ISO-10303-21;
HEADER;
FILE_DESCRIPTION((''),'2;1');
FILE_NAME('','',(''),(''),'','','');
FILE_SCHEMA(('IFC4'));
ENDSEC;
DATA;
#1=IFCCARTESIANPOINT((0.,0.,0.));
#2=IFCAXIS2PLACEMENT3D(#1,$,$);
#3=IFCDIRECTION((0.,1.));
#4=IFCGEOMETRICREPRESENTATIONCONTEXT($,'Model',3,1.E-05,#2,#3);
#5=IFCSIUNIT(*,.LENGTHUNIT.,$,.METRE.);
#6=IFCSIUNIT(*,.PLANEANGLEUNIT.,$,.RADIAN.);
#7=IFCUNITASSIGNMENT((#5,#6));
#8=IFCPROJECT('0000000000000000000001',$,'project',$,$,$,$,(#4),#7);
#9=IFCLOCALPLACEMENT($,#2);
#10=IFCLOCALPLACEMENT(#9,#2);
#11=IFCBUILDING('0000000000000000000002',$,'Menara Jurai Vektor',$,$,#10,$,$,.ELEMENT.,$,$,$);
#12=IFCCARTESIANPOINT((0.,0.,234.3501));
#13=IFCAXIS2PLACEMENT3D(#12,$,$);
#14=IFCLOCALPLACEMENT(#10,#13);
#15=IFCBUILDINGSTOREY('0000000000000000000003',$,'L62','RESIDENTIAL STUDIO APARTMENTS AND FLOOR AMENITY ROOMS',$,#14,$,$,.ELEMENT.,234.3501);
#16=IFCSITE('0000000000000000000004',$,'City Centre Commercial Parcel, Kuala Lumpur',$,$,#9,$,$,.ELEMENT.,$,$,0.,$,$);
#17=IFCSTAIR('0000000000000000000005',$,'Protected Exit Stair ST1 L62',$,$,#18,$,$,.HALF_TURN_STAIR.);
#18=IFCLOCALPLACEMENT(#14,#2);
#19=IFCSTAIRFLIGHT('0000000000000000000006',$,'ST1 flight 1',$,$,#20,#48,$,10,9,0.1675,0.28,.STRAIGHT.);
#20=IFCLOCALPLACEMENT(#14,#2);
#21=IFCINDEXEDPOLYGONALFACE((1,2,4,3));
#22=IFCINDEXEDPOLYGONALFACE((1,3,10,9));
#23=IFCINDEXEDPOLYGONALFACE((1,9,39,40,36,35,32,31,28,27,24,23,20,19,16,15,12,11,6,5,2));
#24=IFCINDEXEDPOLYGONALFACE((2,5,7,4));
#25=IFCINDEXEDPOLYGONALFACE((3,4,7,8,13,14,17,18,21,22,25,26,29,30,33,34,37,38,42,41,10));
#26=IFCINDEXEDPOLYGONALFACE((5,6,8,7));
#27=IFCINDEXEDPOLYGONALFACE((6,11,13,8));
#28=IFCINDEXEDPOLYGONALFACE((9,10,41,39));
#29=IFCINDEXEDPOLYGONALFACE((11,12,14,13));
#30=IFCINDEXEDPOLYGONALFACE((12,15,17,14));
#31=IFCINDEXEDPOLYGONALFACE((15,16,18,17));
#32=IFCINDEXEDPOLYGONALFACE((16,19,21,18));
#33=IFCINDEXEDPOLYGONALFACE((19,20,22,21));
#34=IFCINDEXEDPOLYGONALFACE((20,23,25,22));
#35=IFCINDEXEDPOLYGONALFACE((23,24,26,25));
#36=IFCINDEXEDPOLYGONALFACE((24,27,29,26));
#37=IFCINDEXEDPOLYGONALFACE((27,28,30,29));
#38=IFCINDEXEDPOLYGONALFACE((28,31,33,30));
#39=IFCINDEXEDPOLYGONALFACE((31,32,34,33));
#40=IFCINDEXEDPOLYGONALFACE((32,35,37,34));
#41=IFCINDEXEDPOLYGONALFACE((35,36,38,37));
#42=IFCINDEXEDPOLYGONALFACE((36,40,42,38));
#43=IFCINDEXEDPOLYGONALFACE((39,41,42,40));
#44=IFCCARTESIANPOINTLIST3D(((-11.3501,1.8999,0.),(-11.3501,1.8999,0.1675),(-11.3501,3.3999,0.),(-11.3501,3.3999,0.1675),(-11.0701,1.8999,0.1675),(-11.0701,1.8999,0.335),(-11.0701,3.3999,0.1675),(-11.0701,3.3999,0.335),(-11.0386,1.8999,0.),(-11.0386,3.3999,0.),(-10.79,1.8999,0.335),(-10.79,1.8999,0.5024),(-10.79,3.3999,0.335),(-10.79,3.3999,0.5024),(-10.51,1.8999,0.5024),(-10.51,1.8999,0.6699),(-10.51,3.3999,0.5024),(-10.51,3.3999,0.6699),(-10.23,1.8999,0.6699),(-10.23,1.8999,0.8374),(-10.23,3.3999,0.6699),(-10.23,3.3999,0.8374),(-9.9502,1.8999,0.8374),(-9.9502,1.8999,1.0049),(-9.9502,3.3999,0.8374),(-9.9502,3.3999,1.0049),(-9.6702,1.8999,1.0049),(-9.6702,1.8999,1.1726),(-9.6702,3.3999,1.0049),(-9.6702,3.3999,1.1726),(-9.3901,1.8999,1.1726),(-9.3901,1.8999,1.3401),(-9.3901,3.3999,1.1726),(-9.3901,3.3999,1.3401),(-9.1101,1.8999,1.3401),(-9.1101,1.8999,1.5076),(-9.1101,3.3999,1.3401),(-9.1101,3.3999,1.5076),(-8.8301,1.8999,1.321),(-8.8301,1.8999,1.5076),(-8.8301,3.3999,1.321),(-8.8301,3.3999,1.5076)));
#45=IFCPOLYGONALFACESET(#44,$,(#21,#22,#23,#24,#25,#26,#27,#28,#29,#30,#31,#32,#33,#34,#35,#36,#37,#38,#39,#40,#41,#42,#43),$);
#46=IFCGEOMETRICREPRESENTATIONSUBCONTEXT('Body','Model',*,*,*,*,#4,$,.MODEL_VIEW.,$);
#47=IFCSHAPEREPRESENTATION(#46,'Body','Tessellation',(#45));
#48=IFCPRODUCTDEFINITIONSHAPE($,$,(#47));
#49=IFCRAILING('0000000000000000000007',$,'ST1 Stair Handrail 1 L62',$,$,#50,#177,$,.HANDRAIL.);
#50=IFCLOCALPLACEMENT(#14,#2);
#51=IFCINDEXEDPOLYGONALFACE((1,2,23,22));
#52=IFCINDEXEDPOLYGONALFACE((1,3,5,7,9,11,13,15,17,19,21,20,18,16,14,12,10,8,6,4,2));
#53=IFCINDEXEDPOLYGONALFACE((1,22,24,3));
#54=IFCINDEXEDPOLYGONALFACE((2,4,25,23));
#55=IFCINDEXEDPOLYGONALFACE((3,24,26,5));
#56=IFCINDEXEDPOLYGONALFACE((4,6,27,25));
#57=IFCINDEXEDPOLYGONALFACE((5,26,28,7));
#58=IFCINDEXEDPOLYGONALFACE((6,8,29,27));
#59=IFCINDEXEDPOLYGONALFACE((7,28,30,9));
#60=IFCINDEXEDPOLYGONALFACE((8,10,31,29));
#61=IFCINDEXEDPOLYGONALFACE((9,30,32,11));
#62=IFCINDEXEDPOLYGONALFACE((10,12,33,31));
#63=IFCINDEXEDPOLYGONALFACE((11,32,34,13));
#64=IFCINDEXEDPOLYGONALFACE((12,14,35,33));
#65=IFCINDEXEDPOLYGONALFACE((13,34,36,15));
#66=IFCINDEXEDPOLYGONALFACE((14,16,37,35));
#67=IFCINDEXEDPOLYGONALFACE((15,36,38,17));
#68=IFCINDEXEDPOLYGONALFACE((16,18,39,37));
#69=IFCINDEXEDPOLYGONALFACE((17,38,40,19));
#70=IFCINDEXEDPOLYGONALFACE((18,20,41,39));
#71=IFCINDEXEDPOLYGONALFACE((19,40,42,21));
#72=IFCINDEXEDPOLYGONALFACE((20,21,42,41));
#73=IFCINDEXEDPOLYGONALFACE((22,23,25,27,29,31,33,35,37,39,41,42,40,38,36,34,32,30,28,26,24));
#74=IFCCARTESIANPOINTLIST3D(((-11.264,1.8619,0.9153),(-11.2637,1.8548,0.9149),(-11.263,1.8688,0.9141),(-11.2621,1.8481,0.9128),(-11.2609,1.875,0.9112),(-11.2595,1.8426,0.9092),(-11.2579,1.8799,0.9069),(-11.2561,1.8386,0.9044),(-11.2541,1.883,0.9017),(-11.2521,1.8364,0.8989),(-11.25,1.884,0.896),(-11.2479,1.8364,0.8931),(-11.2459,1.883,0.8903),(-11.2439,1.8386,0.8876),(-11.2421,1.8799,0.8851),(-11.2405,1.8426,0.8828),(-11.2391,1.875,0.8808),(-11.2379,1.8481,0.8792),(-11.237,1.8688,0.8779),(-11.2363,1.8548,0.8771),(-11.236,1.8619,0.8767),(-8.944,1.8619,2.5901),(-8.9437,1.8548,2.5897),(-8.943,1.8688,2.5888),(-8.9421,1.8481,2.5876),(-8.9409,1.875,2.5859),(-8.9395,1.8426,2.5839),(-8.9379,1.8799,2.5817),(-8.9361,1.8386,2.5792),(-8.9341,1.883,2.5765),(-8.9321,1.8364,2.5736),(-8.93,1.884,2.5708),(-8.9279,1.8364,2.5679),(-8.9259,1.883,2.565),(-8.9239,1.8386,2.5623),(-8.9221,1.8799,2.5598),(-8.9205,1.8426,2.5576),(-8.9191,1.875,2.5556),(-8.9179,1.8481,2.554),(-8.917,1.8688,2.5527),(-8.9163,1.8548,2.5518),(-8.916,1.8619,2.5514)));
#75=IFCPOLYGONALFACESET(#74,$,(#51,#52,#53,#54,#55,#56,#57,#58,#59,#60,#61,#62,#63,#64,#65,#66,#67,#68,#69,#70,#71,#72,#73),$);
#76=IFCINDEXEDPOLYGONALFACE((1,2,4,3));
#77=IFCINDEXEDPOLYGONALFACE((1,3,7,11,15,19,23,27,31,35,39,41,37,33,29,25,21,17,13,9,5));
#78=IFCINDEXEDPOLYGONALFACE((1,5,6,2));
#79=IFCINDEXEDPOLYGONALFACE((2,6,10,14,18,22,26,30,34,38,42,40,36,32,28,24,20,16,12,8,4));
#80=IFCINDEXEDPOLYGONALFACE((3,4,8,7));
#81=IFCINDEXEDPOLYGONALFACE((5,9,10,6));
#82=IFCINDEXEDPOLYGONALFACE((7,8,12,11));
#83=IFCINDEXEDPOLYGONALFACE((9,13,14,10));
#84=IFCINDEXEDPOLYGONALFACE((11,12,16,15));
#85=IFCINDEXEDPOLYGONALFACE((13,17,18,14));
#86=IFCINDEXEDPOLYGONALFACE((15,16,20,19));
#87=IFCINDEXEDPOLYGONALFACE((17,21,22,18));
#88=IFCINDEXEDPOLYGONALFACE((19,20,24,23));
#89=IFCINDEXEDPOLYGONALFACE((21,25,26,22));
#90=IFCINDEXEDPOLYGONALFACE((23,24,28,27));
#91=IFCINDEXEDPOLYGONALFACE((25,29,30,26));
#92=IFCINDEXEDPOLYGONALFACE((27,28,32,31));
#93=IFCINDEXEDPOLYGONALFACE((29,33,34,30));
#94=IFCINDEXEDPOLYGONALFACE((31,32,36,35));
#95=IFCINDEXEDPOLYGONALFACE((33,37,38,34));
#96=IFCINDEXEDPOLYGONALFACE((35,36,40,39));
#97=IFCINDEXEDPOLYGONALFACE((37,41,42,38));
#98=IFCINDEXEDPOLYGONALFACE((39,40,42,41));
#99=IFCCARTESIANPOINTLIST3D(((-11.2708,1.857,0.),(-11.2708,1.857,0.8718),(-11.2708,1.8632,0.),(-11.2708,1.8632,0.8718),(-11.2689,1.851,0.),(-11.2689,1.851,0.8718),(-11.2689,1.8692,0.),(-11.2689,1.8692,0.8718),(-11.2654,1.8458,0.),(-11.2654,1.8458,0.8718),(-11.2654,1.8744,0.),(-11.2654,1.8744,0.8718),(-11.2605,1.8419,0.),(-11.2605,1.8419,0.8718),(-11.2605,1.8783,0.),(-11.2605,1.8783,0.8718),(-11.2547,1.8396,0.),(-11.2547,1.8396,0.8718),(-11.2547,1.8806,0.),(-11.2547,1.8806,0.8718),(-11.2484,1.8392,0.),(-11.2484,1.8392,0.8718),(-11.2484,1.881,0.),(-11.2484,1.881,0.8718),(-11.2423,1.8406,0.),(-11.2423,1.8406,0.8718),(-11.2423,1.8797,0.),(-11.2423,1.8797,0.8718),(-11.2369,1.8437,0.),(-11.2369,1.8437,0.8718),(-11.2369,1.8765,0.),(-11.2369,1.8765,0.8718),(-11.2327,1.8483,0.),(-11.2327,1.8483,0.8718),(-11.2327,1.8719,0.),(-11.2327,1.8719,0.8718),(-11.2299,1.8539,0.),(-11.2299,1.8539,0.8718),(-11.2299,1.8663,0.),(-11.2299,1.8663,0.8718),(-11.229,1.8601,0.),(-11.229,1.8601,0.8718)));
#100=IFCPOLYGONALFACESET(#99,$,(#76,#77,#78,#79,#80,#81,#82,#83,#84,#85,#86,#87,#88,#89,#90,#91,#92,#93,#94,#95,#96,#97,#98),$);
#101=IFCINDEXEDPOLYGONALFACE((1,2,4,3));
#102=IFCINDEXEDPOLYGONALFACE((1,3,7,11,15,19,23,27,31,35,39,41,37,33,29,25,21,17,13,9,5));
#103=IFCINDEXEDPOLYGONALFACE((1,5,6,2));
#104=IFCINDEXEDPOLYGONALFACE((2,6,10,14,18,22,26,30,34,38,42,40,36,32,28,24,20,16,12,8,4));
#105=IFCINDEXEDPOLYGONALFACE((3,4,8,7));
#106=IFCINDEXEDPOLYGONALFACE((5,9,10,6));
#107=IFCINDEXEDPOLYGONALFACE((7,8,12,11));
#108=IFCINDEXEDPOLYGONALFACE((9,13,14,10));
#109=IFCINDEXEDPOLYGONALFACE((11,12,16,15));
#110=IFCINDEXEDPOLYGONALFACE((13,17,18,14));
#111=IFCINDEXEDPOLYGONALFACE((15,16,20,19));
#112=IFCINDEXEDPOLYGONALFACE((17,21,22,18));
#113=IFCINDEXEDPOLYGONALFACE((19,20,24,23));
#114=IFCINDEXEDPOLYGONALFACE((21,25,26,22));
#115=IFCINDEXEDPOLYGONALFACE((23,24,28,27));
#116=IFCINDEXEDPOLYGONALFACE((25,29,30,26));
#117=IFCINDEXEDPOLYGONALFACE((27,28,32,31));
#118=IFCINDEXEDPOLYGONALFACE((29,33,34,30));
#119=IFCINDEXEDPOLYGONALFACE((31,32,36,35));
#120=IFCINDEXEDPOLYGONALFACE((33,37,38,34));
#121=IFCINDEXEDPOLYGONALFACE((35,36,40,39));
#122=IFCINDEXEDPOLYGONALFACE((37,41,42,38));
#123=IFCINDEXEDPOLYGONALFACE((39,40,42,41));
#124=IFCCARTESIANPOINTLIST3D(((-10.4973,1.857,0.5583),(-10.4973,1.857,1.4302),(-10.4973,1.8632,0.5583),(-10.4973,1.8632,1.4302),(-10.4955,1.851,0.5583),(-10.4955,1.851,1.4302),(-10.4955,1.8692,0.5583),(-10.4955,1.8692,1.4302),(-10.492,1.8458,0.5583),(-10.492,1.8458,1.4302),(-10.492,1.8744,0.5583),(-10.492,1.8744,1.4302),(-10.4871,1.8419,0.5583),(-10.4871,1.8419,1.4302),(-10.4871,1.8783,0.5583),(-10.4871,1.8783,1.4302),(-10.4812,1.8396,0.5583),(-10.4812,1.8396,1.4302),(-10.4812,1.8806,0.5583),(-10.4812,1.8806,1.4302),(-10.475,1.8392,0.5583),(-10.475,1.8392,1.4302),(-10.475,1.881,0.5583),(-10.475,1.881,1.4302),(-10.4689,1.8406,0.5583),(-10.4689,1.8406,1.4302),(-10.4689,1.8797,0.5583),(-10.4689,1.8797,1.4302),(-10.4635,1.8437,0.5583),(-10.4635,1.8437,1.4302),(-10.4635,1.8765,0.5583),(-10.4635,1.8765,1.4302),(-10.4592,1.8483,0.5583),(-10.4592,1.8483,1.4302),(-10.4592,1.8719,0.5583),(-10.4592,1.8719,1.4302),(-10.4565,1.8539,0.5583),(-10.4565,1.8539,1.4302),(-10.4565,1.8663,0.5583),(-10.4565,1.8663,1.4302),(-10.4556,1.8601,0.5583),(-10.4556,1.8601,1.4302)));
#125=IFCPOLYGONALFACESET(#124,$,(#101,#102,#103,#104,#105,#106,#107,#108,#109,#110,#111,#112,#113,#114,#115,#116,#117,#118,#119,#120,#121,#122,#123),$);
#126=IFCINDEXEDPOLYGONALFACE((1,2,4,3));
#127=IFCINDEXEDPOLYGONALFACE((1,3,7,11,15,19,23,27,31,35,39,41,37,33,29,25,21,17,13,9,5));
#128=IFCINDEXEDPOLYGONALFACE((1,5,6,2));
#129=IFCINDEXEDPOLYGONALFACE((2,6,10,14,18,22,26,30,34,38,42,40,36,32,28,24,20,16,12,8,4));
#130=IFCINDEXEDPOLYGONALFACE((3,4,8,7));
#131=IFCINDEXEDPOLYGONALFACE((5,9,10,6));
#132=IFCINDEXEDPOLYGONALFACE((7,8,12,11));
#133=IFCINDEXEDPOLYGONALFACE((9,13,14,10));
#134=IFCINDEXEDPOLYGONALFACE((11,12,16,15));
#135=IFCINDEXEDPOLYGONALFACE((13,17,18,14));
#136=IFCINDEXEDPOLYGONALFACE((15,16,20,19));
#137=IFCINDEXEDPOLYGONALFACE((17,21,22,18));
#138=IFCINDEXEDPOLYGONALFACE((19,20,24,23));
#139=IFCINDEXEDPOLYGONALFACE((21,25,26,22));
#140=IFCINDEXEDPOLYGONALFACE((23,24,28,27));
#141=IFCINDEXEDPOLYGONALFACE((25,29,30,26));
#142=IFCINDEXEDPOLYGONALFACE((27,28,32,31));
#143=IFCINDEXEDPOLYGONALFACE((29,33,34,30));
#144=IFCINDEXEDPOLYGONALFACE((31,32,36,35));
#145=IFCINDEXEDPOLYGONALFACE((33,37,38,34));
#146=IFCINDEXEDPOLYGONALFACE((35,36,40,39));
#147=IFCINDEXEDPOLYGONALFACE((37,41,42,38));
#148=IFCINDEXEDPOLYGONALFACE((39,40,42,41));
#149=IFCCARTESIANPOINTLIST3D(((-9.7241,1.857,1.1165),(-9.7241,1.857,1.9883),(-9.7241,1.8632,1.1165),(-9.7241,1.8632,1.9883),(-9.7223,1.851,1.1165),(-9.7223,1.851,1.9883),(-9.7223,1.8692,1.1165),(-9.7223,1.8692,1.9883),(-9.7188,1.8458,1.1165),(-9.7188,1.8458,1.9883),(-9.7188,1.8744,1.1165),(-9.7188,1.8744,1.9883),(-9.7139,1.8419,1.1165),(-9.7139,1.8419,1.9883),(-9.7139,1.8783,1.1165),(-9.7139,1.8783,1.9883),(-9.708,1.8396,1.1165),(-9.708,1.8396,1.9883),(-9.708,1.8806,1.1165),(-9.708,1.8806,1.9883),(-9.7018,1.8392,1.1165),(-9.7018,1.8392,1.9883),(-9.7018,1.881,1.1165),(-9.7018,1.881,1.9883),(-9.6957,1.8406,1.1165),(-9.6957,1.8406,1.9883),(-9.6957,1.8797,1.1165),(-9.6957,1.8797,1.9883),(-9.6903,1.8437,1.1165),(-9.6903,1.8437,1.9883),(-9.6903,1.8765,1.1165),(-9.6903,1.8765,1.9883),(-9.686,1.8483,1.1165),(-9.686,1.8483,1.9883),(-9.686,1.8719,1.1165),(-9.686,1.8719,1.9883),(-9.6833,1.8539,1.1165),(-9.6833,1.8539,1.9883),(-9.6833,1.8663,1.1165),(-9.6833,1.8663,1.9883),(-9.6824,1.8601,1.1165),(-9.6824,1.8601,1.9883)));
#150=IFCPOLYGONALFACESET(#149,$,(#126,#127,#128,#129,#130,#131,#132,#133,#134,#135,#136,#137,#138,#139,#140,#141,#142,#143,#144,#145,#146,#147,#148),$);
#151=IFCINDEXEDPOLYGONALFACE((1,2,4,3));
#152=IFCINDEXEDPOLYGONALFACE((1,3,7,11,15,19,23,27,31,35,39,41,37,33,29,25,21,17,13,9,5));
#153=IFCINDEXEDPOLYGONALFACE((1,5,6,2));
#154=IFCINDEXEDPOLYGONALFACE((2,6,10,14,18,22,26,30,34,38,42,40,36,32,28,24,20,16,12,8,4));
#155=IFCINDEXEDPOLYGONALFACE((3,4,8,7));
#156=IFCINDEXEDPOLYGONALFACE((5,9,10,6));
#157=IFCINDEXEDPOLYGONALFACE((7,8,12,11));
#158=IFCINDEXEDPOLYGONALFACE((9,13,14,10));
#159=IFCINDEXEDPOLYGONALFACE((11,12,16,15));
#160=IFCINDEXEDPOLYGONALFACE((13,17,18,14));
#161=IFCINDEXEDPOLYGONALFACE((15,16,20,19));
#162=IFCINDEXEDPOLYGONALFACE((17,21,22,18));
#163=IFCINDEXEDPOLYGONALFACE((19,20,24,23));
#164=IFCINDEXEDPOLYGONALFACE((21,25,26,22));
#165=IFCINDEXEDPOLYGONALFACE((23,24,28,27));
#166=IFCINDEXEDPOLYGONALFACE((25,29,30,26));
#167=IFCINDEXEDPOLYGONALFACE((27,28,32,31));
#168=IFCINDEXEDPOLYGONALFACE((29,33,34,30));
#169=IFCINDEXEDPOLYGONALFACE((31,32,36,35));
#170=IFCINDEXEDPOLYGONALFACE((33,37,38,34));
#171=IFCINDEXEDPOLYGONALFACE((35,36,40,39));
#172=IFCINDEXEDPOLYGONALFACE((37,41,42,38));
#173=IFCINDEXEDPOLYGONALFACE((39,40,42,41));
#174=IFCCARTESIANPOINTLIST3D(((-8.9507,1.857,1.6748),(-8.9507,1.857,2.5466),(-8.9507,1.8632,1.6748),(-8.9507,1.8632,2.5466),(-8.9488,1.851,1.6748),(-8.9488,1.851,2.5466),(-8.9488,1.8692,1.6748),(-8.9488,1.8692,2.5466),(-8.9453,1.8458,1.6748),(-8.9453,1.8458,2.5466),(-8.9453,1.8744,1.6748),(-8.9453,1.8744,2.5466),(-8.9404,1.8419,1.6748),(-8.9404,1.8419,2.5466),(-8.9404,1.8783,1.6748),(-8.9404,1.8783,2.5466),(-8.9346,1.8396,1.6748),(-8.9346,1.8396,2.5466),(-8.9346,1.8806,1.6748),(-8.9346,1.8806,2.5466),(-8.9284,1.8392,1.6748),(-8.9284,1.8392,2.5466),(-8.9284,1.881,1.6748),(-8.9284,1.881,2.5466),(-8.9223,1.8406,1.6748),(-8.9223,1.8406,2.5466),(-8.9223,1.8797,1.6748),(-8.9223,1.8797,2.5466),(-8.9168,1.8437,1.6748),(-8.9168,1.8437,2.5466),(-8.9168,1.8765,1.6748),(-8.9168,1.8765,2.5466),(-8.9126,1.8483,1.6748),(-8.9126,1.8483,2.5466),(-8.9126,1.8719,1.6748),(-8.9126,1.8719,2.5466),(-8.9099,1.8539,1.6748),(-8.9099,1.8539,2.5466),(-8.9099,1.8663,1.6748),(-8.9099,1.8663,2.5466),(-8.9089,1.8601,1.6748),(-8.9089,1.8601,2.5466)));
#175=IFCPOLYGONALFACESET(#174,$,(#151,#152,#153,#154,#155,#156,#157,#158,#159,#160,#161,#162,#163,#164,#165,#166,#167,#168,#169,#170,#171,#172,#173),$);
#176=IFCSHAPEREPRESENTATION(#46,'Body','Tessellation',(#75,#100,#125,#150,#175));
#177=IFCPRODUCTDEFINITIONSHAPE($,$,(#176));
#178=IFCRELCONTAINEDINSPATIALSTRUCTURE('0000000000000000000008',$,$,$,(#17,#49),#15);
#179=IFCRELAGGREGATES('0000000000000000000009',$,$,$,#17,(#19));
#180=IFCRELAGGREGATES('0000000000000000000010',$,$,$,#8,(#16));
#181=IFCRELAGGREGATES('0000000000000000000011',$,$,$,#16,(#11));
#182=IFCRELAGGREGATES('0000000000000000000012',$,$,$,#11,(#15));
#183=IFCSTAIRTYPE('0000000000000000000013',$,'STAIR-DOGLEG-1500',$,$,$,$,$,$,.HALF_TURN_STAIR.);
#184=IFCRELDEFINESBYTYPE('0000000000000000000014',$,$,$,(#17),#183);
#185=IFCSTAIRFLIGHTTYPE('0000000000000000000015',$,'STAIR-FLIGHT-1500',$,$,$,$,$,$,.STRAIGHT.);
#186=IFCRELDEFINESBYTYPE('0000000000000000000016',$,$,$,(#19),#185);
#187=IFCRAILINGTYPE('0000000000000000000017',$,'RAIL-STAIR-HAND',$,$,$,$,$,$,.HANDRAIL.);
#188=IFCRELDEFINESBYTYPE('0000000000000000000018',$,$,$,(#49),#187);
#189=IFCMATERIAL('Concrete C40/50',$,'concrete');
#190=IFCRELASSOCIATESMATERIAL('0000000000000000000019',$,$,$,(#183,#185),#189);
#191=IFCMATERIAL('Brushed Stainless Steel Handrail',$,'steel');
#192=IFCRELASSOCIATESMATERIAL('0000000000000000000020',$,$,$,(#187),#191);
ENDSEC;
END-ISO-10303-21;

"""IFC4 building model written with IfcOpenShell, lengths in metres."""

from ifc_helpers import new_model, si_unit, direction, frame, origin, origin_2d, place, context, subcontext, project, spatial, polyline, circle, outline, extrude, material, type_object, element, aggregate, save


model = new_model("IFC4")

# Units and contexts
model_context = context("Model", 3, precision=1e-05, world=origin(), true_north=direction((0.0, 1.0)))
body_context = subcontext(model_context, "Body", "Model", "MODEL_VIEW")
ifc_project = project(units=[si_unit("LENGTHUNIT", "METRE"), si_unit("PLANEANGLEUNIT", "RADIAN")], contexts=[model_context])

# Site, building, storey
site_placement = place(None, origin())
site = spatial("IfcSite", under=ifc_project, at=site_placement, Name="City Centre Commercial Parcel, Kuala Lumpur", CompositionType="ELEMENT", RefElevation=0.0)
building_placement = place(site_placement, origin())
building = spatial("IfcBuilding", under=site, at=building_placement, Name="Menara Jurai Vektor", CompositionType="ELEMENT")
storey_placement = place(building_placement, frame((0.0, 0.0, 234.3501)))
storey = spatial("IfcBuildingStorey", under=building, at=storey_placement, Name="L62", Description="RESIDENTIAL STUDIO APARTMENTS AND FLOOR AMENITY ROOMS", CompositionType="ELEMENT", Elevation=234.3501)

# Shared definitions
ifc_material_1 = material(Name="Concrete C40/50", Category="concrete")

# Stair, stair flight
stair_type = type_object("IfcStairType", Name="STAIR-DOGLEG-1500", PredefinedType="HALF_TURN_STAIR", material=ifc_material_1)
stair_placement = place(storey_placement, origin())
stair = element("IfcStair", 1, at=stair_placement, inside=storey, type_object=stair_type, Name="Protected Exit Stair ST1 L62", PredefinedType="HALF_TURN_STAIR")
stair_flight_type = type_object("IfcStairFlightType", Name="STAIR-FLIGHT-1500", PredefinedType="STRAIGHT", material=ifc_material_1)
stair_flight_placement = place(storey_placement, frame((-11.3501, 2.6499, 0.0), z_axis=(0.0, 0.0, 1.0), x_axis=(1.0, 0.0, 0.0)))
stair_flight = element("IfcStairFlight", 2, at=stair_flight_placement, type_object=stair_flight_type, Name="ST1 flight 1", NumberOfRisers=10, NumberOfTreads=9, PredefinedType="STRAIGHT", RiserHeight=0.1675, TreadLength=0.28, context=body_context, shape_type="SweptSolid", body=[
    extrude(outline(polyline([(0.0, 0.0), (0.0, 0.1675), (0.28, 0.1675), (0.28, 0.335), (0.5601, 0.335), (0.5601, 0.5024), (0.8401, 0.5024), (0.8401, 0.6699), (1.1201, 0.6699), (1.1201, 0.8374), (1.3999, 0.8374), (1.3999, 1.0049), (1.6799, 1.0049), (1.6799, 1.1726), (1.96, 1.1726), (1.96, 1.3401), (2.24, 1.3401), (2.24, 1.5076), (2.52, 1.5076), (2.52, 1.675), (2.52, 1.321), (0.3115, 0.0), (0.0, 0.0)])), frame((0.0, 0.75, 0.0), z_axis=(0.0, -1.0, 0.0), x_axis=(1.0, 0.0, 0.0)), (0.0, 0.0, 1.0), 1.5),
])
aggregate(stair, [stair_flight])

# Railing
ifc_material_2 = material(Name="Brushed Stainless Steel Handrail", Category="steel")
railing_type_1 = type_object("IfcRailingType", Name="RAIL-STAIR-HAND", PredefinedType="HANDRAIL", material=ifc_material_2)
railing_1_placement = place(storey_placement, frame((-11.25, 1.8601, 0.0)))
element("IfcRailing", 3, at=railing_1_placement, inside=storey, type_object=railing_type_1, Name="ST1 Stair Handrail 1 L62", PredefinedType="HANDRAIL", context=body_context, shape_type="SweptSolid", body=[
    extrude(circle(Radius=0.0239, at=origin_2d()), frame((0.0, 0.0, 0.896), z_axis=(0.810812, 0.0, 0.585307), x_axis=(0.0, 1.0, 0.0)), (0.0, 0.0, 1.0), 2.8613),
    extrude(circle(Radius=0.021, at=origin_2d()), origin(), (0.0, 0.0, 1.0), 0.8718),
    extrude(circle(Radius=0.021, at=origin_2d()), frame((0.7734, 0.0, 0.5583)), (0.0, 0.0, 1.0), 0.8718),
    extrude(circle(Radius=0.021, at=origin_2d()), frame((1.5466, 0.0, 1.1165)), (0.0, 0.0, 1.0), 0.8718),
    extrude(circle(Radius=0.021, at=origin_2d()), frame((2.3201, 0.0, 1.6748)), (0.0, 0.0, 1.0), 0.8718),
])

save(model, "model.ifc")
